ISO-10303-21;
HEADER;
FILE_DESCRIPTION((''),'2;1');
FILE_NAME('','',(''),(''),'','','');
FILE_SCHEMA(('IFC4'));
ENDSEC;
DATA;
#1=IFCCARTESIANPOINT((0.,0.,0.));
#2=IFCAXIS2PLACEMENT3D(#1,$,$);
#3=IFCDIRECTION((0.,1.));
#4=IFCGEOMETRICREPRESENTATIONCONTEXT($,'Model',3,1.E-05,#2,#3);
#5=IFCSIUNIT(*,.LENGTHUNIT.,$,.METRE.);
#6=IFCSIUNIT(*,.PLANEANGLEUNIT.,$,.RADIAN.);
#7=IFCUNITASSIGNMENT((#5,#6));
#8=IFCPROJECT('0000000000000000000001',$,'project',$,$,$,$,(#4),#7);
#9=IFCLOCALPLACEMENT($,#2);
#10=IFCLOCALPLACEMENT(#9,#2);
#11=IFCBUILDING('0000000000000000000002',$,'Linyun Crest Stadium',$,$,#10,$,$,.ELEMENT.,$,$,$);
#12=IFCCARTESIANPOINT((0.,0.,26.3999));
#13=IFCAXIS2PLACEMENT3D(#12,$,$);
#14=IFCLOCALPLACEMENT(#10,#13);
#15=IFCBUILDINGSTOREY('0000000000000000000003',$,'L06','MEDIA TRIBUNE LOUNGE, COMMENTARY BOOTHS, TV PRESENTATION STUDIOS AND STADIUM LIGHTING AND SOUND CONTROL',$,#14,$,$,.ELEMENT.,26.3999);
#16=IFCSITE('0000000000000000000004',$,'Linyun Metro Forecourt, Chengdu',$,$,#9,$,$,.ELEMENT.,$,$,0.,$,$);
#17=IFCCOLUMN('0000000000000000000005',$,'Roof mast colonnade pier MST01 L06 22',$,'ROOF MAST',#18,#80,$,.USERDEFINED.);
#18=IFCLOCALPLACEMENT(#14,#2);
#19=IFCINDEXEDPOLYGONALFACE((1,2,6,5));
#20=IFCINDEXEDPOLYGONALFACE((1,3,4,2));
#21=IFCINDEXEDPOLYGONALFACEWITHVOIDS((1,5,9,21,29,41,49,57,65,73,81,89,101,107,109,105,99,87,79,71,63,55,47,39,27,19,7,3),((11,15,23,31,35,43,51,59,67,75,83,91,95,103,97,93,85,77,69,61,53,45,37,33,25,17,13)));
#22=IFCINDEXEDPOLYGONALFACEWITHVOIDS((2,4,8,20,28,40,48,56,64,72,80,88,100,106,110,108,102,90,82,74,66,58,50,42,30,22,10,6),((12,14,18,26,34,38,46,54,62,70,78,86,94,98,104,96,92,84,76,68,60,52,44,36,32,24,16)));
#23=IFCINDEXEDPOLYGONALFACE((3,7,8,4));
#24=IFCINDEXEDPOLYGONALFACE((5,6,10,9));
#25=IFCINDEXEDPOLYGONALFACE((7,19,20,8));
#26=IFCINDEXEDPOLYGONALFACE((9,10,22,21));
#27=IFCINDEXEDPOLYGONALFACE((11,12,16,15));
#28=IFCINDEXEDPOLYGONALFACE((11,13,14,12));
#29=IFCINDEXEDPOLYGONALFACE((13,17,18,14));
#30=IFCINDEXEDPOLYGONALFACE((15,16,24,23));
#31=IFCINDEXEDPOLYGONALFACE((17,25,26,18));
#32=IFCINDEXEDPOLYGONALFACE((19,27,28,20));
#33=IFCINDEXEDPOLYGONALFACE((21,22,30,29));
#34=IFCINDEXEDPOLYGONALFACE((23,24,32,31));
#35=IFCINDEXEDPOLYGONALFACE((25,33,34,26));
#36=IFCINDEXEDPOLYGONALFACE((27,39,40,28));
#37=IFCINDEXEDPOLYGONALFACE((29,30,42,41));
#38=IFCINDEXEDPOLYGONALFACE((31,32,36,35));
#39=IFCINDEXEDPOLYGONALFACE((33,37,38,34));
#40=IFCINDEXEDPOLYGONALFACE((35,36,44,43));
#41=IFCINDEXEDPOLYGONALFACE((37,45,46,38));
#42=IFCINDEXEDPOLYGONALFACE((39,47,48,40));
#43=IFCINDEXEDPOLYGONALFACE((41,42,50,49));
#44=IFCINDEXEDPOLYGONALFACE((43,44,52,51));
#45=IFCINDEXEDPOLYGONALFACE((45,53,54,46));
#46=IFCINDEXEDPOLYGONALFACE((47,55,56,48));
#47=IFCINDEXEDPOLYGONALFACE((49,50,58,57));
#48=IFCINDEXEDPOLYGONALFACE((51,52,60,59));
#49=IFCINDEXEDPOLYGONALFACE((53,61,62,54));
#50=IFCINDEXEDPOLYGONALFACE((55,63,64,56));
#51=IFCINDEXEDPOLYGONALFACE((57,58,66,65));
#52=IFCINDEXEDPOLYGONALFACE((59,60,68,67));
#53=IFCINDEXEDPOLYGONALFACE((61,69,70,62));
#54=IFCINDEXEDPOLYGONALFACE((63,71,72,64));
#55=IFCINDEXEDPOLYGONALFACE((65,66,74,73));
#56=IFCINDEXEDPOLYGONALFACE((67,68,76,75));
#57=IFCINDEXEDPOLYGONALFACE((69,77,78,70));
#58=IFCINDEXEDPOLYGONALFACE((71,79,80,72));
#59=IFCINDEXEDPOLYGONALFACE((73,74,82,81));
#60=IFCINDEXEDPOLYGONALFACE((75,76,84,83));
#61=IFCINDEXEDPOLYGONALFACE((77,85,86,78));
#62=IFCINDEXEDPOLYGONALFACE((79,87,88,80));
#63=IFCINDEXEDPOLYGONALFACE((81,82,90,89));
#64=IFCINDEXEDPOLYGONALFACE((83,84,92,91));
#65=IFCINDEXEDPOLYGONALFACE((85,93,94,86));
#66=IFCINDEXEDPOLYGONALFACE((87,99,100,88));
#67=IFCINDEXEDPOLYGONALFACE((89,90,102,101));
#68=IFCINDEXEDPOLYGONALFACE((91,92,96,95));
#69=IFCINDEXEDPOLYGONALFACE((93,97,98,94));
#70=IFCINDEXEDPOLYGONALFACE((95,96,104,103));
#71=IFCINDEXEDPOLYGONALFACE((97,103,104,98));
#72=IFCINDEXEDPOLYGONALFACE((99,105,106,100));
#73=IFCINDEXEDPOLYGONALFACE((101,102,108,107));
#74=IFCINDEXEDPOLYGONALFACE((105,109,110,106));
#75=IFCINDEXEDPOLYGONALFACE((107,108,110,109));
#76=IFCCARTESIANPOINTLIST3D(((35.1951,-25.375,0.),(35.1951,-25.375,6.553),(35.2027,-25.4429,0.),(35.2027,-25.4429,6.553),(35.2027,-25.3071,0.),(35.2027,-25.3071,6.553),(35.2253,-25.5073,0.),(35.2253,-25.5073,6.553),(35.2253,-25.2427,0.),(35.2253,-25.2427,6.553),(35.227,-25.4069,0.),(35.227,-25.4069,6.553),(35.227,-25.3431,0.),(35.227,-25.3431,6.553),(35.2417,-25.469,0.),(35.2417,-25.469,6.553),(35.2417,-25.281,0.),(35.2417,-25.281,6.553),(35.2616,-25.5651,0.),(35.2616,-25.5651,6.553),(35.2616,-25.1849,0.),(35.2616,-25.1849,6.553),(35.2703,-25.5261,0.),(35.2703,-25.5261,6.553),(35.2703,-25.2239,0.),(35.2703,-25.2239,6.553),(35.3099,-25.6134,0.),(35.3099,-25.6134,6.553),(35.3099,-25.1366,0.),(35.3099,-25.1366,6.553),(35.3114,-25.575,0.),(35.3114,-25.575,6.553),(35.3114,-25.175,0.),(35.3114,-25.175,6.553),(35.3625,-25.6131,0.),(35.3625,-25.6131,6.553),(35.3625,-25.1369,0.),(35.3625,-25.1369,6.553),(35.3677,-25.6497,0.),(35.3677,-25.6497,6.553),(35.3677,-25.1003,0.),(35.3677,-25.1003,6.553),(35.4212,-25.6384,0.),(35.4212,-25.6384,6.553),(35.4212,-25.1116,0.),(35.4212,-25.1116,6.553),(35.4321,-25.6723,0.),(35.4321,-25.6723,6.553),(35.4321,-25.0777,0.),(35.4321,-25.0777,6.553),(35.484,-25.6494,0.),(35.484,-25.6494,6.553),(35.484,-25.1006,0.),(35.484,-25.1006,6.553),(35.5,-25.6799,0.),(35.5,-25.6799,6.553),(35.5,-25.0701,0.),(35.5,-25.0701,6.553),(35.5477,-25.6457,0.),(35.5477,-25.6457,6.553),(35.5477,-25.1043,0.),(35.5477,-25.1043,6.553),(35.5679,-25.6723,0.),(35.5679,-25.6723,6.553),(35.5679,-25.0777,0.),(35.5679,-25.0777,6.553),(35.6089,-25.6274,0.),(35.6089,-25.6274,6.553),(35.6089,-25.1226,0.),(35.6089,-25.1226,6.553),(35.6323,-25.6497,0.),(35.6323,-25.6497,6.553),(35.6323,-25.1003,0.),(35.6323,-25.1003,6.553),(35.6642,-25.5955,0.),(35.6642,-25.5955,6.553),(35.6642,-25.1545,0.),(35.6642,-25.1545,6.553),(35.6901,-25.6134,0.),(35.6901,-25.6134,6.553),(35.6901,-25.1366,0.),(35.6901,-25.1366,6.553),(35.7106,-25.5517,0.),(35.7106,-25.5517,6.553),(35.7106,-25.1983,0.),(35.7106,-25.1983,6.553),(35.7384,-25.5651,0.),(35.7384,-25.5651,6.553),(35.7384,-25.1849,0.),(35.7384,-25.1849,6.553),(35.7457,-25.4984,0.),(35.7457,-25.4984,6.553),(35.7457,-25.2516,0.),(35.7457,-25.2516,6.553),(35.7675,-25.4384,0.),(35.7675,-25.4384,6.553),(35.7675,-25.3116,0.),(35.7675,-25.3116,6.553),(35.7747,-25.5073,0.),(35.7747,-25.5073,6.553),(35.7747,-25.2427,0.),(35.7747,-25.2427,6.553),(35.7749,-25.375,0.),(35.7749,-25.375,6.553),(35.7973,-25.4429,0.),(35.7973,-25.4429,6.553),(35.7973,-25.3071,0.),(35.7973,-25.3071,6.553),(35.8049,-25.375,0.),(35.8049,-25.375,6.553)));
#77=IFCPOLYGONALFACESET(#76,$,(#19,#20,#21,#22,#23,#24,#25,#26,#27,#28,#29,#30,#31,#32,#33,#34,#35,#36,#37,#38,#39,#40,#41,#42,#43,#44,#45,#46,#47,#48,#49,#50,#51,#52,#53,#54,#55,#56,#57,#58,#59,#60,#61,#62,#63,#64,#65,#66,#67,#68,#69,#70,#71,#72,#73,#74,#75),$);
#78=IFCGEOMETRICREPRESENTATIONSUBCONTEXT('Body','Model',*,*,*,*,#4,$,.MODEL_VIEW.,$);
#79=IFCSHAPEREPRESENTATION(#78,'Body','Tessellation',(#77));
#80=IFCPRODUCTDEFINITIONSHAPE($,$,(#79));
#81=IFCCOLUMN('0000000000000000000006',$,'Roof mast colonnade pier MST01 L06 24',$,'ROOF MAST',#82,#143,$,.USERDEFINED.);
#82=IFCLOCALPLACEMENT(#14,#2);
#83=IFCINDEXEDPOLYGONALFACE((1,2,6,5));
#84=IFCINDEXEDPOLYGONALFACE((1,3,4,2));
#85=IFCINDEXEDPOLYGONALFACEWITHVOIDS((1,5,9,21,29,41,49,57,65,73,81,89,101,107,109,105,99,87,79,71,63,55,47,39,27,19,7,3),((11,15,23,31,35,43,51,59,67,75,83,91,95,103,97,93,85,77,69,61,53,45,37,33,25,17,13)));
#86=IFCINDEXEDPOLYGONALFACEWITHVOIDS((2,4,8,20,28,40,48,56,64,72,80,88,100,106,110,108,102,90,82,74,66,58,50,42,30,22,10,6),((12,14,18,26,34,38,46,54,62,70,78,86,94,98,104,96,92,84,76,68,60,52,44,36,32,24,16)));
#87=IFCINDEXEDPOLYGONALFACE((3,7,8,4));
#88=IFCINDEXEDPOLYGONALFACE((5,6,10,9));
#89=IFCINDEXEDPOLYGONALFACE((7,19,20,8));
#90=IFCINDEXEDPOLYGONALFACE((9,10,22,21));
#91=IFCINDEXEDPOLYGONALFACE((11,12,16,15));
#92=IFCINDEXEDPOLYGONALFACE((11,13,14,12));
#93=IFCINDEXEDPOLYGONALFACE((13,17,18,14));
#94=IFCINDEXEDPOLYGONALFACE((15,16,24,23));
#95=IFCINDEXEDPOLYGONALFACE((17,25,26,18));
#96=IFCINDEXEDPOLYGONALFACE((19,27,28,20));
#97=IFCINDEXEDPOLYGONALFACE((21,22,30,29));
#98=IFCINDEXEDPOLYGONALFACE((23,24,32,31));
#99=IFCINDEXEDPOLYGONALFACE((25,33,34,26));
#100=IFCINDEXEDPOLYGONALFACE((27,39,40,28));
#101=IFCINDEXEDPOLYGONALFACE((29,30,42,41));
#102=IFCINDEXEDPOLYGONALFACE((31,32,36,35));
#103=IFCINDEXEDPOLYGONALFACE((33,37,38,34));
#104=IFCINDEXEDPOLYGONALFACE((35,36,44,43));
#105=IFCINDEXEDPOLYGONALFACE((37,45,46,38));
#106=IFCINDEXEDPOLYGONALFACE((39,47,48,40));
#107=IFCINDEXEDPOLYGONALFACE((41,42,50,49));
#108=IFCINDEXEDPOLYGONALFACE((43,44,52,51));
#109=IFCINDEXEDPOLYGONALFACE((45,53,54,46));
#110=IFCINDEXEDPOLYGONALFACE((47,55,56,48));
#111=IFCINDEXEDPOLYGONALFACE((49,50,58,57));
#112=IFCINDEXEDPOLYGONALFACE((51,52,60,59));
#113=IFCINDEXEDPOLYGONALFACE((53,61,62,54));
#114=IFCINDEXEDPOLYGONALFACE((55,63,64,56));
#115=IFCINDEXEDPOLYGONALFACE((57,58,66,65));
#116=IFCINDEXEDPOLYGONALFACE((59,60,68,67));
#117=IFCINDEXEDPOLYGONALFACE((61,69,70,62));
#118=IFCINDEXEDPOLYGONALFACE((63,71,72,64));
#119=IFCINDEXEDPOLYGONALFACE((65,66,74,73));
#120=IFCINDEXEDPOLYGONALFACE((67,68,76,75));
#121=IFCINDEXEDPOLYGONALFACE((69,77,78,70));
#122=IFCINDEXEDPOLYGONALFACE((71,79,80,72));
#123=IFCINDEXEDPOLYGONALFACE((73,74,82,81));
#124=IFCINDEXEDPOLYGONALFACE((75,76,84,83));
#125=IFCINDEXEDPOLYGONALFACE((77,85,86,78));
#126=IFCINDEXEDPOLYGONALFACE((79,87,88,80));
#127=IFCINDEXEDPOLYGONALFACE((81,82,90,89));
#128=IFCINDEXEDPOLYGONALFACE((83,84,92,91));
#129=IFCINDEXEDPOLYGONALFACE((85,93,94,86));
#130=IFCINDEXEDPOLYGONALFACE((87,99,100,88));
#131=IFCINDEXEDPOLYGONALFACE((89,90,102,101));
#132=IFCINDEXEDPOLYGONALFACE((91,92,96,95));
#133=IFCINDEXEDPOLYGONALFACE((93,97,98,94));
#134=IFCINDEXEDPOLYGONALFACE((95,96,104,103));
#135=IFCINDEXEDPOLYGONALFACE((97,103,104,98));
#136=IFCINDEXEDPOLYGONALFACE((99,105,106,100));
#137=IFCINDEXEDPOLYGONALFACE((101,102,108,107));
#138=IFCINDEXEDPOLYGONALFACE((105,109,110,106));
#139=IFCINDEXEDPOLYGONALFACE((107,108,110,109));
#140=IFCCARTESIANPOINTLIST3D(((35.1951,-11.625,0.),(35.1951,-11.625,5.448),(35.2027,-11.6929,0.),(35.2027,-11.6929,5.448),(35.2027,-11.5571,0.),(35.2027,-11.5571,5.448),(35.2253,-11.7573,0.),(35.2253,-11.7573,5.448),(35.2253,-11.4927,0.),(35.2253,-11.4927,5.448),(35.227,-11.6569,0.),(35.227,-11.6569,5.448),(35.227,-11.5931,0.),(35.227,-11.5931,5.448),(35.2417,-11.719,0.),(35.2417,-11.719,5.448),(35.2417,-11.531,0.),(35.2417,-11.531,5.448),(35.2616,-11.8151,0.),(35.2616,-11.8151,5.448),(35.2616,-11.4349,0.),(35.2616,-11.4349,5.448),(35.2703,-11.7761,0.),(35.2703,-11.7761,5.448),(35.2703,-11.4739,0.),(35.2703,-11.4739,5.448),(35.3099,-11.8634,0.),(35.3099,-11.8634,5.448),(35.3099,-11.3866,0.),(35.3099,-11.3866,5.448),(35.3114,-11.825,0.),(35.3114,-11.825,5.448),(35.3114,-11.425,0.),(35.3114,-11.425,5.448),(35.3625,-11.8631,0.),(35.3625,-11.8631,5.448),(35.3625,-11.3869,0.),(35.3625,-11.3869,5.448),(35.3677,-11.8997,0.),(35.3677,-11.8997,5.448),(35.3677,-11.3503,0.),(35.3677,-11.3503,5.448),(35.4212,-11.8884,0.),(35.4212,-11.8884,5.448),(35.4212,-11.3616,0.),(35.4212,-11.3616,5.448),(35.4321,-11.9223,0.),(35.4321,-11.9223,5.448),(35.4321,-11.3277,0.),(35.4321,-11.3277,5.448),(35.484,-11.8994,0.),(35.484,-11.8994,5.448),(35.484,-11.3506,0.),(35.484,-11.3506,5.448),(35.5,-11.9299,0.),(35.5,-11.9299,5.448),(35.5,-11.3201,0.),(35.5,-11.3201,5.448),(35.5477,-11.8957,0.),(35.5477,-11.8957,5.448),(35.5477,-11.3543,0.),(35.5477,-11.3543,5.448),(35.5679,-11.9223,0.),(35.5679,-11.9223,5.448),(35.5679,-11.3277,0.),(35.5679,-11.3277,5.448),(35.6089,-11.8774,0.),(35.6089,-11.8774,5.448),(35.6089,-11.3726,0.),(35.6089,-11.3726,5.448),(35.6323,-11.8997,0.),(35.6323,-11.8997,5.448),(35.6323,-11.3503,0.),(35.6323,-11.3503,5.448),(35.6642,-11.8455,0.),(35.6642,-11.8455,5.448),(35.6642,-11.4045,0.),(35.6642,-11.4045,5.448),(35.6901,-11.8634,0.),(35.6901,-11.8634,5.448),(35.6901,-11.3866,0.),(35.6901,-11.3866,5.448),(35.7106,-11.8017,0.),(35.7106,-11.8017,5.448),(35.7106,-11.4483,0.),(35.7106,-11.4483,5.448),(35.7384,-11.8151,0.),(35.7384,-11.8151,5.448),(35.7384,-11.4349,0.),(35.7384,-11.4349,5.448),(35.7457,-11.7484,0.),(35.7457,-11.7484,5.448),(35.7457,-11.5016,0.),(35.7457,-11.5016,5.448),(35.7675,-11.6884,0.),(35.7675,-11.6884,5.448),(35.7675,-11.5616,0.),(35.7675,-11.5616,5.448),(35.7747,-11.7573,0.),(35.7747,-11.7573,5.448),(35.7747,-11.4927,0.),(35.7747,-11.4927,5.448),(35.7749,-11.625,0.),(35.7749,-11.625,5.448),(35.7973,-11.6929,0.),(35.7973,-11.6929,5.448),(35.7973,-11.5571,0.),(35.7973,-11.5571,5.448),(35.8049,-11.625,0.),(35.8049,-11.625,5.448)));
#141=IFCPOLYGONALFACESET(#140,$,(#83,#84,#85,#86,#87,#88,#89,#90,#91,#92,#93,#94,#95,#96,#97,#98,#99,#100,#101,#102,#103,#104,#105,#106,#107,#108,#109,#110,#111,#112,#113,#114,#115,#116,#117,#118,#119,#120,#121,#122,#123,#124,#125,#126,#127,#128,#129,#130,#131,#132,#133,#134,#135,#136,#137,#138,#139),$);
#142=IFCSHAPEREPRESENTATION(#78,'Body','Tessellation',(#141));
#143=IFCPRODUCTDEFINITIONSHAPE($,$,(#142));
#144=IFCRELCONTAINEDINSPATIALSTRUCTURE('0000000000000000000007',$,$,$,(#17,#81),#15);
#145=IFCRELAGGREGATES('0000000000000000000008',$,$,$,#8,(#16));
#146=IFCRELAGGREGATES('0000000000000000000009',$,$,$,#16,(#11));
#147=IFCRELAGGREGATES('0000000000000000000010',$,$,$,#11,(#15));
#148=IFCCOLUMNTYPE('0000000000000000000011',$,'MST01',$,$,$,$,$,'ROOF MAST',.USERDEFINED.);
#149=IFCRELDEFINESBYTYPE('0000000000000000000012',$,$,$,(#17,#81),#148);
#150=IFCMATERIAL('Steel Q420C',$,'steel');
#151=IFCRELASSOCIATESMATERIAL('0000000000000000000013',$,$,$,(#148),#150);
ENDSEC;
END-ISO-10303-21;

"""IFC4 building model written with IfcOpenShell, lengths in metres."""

from ifc_helpers import new_model, si_unit, direction, frame, origin, origin_2d, place, context, subcontext, project, spatial, hollow_circle, extrude, material, material_profile, profile_set, type_object, element, save


model = new_model("IFC4")

# Units and contexts
model_context = context("Model", 3, precision=1e-05, world=origin(), true_north=direction((0.0, 1.0)))
body_context = subcontext(model_context, "Body", "Model", "MODEL_VIEW")
ifc_project = project(units=[si_unit("LENGTHUNIT", "METRE"), si_unit("PLANEANGLEUNIT", "RADIAN")], contexts=[model_context])

# Site, building, storey
site_placement = place(None, origin())
site = spatial("IfcSite", under=ifc_project, at=site_placement, Name="Linyun Metro Forecourt, Chengdu", CompositionType="ELEMENT", RefElevation=0.0)
building_placement = place(site_placement, origin())
building = spatial("IfcBuilding", under=site, at=building_placement, Name="Linyun Crest Stadium", CompositionType="ELEMENT")
storey_placement = place(building_placement, frame((0.0, 0.0, 26.3999)))
storey = spatial("IfcBuildingStorey", under=building, at=storey_placement, Name="L06", Description="MEDIA TRIBUNE LOUNGE, COMMENTARY BOOTHS, TV PRESENTATION STUDIOS AND STADIUM LIGHTING AND SOUND CONTROL", CompositionType="ELEMENT", Elevation=26.3999)

# Columns
ifc_material_1 = material(Name="Steel Q420C", Category="steel")
ifc_material_profile_1 = material_profile(ifc_material_1, hollow_circle(Radius=0.3049, WallThickness=0.03, at=origin_2d()), Name="CHS 610x30")
ifc_profile_set_1 = profile_set([ifc_material_profile_1], Name="Steel Q420C")
column_type = type_object("IfcColumnType", Name="MST01", ElementType="ROOF MAST", PredefinedType="USERDEFINED", material=ifc_profile_set_1)
column_1_placement = place(storey_placement, frame((35.5, -25.375, 0.0), z_axis=(0.0, 0.0, 1.0), x_axis=(1.0, 0.0, 0.0)))
element("IfcColumn", 1, at=column_1_placement, inside=storey, type_object=column_type, Name="Roof mast colonnade pier MST01 L06 22", ObjectType="ROOF MAST", PredefinedType="USERDEFINED", context=body_context, shape_type="SweptSolid", body=[
    extrude(hollow_circle(Radius=0.3049, WallThickness=0.03, at=origin_2d()), origin(), (0.0, 0.0, 1.0), 6.553),
])
column_2_placement = place(storey_placement, frame((35.5, -11.625, 0.0), z_axis=(0.0, 0.0, 1.0), x_axis=(1.0, 0.0, 0.0)))
element("IfcColumn", 2, at=column_2_placement, inside=storey, type_object=column_type, Name="Roof mast colonnade pier MST01 L06 24", ObjectType="ROOF MAST", PredefinedType="USERDEFINED", context=body_context, shape_type="SweptSolid", body=[
    extrude(hollow_circle(Radius=0.3049, WallThickness=0.03, at=origin_2d()), origin(), (0.0, 0.0, 1.0), 5.448),
])

save(model, "model.ifc")
